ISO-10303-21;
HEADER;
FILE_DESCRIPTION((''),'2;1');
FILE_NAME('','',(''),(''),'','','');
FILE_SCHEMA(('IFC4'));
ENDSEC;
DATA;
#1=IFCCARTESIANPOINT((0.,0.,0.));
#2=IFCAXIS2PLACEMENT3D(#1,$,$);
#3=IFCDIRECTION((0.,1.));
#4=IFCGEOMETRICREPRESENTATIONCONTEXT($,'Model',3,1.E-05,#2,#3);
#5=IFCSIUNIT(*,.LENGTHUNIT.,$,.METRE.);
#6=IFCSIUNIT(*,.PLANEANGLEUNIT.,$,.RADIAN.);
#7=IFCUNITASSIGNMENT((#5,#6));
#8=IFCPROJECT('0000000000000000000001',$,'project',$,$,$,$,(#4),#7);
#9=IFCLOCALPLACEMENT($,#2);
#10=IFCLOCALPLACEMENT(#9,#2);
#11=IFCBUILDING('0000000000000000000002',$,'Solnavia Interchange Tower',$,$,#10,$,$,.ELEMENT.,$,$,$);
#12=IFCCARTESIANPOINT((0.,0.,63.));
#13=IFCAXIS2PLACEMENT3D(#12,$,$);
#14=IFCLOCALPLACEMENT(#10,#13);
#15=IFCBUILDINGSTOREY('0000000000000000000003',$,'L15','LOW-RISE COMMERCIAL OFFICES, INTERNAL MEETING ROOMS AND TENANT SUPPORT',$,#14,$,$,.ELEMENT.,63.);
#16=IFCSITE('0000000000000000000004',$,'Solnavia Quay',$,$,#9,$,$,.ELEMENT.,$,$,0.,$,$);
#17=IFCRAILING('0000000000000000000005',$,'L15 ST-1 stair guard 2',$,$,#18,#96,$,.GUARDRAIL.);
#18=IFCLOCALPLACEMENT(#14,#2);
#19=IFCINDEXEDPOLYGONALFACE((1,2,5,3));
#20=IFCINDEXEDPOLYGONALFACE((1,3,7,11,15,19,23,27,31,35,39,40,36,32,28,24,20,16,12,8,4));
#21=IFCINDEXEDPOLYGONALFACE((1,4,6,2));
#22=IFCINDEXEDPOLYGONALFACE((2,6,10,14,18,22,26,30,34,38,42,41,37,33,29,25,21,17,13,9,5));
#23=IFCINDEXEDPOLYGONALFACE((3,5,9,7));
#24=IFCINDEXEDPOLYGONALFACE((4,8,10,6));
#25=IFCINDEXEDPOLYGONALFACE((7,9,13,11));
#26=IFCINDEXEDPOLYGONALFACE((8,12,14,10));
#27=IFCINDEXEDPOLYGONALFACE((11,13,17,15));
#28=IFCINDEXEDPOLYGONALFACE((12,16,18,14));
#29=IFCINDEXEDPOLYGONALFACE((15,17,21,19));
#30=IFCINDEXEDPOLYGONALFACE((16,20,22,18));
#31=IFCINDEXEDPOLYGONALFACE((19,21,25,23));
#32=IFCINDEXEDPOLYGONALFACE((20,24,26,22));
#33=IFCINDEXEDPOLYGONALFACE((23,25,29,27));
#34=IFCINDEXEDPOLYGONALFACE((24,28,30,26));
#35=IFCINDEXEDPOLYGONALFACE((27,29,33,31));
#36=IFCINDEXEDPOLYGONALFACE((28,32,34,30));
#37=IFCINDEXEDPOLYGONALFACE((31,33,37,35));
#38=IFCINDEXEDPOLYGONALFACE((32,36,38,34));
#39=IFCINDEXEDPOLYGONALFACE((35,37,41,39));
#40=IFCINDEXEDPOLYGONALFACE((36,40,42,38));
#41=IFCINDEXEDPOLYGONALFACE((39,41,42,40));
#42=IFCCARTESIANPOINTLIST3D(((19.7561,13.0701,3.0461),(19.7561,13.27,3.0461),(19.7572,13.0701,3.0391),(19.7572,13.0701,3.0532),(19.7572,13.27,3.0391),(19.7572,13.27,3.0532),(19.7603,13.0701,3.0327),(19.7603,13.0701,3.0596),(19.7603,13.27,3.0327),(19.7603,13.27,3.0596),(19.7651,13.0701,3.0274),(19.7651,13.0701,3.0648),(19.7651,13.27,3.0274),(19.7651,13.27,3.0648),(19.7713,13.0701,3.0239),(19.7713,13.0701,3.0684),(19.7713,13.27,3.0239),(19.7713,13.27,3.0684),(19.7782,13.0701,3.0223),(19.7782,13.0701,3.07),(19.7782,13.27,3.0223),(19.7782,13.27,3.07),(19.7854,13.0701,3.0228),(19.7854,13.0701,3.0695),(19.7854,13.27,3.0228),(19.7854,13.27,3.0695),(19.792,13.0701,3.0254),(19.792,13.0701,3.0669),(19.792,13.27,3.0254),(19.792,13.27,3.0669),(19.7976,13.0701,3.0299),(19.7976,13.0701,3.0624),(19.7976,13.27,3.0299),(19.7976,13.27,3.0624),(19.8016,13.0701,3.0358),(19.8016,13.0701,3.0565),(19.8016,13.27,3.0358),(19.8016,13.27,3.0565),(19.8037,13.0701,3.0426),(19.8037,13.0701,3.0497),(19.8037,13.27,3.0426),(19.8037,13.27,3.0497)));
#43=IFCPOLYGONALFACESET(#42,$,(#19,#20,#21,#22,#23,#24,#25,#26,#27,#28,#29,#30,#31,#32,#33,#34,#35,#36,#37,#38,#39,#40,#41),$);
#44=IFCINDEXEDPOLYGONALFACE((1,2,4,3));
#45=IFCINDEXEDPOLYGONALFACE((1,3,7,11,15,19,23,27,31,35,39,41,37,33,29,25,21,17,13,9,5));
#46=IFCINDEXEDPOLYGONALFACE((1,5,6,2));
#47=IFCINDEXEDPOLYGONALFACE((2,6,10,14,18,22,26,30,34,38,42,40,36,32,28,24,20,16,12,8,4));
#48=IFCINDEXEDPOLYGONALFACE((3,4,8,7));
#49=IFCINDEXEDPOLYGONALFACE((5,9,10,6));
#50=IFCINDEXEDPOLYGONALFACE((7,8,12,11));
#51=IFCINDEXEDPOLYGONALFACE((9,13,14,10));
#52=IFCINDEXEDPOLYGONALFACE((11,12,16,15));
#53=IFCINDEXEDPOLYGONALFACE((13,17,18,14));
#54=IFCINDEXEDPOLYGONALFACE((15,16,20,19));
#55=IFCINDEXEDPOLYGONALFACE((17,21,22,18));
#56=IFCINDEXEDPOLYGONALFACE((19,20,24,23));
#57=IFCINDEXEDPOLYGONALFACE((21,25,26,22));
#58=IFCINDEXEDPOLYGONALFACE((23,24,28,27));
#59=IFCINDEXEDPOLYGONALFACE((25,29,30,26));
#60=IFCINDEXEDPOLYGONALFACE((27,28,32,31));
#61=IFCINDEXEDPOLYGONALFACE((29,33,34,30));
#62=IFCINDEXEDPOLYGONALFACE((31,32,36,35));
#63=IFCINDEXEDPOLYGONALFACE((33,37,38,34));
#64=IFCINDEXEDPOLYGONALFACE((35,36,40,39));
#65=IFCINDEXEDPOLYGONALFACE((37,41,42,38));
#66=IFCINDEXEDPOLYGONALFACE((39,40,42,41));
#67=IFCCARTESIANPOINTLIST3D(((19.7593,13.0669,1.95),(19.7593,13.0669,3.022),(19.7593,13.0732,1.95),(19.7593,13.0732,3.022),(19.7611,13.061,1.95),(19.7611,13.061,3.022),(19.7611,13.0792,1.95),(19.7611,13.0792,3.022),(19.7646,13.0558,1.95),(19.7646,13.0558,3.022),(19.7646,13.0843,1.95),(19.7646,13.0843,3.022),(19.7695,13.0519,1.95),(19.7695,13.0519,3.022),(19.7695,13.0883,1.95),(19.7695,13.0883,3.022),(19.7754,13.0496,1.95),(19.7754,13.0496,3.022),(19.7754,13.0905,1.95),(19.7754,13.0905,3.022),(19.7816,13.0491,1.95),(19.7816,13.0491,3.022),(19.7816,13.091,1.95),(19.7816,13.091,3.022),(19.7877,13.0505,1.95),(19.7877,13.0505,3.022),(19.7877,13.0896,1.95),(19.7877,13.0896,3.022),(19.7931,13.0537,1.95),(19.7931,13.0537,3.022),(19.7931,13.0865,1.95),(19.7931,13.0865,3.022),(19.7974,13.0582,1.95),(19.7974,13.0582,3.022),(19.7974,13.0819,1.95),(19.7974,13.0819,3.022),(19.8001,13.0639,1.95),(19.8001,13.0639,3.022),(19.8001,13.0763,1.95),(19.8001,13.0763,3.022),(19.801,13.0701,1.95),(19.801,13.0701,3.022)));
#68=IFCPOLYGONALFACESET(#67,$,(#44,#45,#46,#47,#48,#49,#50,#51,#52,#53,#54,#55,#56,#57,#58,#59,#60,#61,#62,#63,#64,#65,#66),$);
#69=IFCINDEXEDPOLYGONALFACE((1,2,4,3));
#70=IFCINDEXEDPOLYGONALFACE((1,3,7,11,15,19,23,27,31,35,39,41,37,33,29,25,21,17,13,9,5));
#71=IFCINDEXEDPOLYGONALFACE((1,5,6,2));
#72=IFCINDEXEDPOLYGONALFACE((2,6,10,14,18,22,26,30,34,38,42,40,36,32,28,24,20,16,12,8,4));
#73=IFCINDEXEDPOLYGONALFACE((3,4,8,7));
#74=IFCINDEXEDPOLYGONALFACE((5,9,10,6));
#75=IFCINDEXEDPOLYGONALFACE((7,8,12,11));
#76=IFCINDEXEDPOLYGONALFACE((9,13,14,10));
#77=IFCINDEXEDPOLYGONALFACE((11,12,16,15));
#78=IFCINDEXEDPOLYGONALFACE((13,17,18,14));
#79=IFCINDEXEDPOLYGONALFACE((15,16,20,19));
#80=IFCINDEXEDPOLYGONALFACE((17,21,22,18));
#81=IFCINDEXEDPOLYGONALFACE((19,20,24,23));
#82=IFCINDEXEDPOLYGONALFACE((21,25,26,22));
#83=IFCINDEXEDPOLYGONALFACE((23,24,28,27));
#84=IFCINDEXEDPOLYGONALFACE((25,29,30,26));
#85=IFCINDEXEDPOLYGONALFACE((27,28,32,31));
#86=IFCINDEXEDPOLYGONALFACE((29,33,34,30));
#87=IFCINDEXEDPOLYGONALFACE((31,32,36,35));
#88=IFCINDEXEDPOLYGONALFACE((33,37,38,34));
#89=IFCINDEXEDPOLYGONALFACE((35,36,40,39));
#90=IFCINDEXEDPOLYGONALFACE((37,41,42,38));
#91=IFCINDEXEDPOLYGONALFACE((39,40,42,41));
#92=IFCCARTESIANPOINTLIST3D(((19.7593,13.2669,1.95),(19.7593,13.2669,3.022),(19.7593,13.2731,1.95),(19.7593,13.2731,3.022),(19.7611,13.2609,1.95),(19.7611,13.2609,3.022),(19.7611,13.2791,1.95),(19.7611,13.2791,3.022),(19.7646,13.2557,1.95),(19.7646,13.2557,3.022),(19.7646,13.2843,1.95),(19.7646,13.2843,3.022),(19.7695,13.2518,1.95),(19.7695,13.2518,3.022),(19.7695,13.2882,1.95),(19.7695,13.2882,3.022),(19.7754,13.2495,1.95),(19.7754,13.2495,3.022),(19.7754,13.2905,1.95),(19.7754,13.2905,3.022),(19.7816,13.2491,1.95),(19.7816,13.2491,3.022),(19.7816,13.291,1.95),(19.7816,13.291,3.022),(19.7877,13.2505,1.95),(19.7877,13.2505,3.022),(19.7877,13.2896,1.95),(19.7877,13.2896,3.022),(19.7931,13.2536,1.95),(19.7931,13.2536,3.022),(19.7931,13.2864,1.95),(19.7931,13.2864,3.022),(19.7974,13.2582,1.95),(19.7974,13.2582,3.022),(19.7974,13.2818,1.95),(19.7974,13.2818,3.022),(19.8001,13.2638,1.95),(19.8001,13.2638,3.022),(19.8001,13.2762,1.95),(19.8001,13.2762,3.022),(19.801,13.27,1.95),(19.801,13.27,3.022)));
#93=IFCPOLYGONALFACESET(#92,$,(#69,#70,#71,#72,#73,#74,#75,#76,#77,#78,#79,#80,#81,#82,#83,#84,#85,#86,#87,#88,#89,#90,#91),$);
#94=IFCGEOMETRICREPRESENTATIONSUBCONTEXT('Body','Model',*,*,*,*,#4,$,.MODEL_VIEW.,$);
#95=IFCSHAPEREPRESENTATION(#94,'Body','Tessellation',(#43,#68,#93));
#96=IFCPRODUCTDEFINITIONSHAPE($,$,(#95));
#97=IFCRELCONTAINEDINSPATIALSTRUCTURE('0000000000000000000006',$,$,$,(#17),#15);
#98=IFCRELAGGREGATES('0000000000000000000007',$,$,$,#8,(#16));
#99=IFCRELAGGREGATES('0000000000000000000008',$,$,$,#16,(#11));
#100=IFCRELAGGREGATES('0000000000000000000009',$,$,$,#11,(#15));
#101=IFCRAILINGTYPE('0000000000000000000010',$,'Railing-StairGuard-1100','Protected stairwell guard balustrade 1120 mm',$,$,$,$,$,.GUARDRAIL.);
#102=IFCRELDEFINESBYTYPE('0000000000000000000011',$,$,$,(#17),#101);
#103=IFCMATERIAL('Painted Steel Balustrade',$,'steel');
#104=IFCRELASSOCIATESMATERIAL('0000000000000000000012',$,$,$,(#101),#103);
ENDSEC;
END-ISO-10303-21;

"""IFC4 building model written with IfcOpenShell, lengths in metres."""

from ifc_helpers import new_model, si_unit, direction, frame, origin, origin_2d, place, context, subcontext, project, spatial, circle, extrude, material, type_object, element, save


model = new_model("IFC4")

# Units and contexts
model_context = context("Model", 3, precision=1e-05, world=origin(), true_north=direction((0.0, 1.0)))
body_context = subcontext(model_context, "Body", "Model", "MODEL_VIEW")
ifc_project = project(units=[si_unit("LENGTHUNIT", "METRE"), si_unit("PLANEANGLEUNIT", "RADIAN")], contexts=[model_context])

# Site, building, storey
site_placement = place(None, origin())
site = spatial("IfcSite", under=ifc_project, at=site_placement, Name="Solnavia Quay", CompositionType="ELEMENT", RefElevation=0.0)
building_placement = place(site_placement, origin())
building = spatial("IfcBuilding", under=site, at=building_placement, Name="Solnavia Interchange Tower", CompositionType="ELEMENT")
storey_placement = place(building_placement, frame((0.0, 0.0, 63.0)))
storey = spatial("IfcBuildingStorey", under=building, at=storey_placement, Name="L15", Description="LOW-RISE COMMERCIAL OFFICES, INTERNAL MEETING ROOMS AND TENANT SUPPORT", CompositionType="ELEMENT", Elevation=63.0)

# Railing
ifc_material_1 = material(Name="Painted Steel Balustrade", Category="steel")
railing_type_1 = type_object("IfcRailingType", Name="Railing-StairGuard-1100", Description="Protected stairwell guard balustrade 1120 mm", PredefinedType="GUARDRAIL", material=ifc_material_1)
railing_1_placement = place(storey_placement, frame((19.78, 13.0701, 1.95)))
element("IfcRailing", 1, at=railing_1_placement, inside=storey, type_object=railing_type_1, Name="L15 ST-1 stair guard 2", PredefinedType="GUARDRAIL", context=body_context, shape_type="SweptSolid", body=[
    extrude(circle(Radius=0.0239, at=origin_2d()), frame((0.0, 0.0, 1.0962), z_axis=(0.0, 1.0, 0.0), x_axis=(-1.0, 0.0, 0.0)), (0.0, 0.0, 1.0), 0.2),
    extrude(circle(Radius=0.021, at=origin_2d()), origin(), (0.0, 0.0, 1.0), 1.072),
    extrude(circle(Radius=0.021, at=origin_2d()), frame((0.0, 0.2, 0.0)), (0.0, 0.0, 1.0), 1.072),
])

save(model, "model.ifc")
